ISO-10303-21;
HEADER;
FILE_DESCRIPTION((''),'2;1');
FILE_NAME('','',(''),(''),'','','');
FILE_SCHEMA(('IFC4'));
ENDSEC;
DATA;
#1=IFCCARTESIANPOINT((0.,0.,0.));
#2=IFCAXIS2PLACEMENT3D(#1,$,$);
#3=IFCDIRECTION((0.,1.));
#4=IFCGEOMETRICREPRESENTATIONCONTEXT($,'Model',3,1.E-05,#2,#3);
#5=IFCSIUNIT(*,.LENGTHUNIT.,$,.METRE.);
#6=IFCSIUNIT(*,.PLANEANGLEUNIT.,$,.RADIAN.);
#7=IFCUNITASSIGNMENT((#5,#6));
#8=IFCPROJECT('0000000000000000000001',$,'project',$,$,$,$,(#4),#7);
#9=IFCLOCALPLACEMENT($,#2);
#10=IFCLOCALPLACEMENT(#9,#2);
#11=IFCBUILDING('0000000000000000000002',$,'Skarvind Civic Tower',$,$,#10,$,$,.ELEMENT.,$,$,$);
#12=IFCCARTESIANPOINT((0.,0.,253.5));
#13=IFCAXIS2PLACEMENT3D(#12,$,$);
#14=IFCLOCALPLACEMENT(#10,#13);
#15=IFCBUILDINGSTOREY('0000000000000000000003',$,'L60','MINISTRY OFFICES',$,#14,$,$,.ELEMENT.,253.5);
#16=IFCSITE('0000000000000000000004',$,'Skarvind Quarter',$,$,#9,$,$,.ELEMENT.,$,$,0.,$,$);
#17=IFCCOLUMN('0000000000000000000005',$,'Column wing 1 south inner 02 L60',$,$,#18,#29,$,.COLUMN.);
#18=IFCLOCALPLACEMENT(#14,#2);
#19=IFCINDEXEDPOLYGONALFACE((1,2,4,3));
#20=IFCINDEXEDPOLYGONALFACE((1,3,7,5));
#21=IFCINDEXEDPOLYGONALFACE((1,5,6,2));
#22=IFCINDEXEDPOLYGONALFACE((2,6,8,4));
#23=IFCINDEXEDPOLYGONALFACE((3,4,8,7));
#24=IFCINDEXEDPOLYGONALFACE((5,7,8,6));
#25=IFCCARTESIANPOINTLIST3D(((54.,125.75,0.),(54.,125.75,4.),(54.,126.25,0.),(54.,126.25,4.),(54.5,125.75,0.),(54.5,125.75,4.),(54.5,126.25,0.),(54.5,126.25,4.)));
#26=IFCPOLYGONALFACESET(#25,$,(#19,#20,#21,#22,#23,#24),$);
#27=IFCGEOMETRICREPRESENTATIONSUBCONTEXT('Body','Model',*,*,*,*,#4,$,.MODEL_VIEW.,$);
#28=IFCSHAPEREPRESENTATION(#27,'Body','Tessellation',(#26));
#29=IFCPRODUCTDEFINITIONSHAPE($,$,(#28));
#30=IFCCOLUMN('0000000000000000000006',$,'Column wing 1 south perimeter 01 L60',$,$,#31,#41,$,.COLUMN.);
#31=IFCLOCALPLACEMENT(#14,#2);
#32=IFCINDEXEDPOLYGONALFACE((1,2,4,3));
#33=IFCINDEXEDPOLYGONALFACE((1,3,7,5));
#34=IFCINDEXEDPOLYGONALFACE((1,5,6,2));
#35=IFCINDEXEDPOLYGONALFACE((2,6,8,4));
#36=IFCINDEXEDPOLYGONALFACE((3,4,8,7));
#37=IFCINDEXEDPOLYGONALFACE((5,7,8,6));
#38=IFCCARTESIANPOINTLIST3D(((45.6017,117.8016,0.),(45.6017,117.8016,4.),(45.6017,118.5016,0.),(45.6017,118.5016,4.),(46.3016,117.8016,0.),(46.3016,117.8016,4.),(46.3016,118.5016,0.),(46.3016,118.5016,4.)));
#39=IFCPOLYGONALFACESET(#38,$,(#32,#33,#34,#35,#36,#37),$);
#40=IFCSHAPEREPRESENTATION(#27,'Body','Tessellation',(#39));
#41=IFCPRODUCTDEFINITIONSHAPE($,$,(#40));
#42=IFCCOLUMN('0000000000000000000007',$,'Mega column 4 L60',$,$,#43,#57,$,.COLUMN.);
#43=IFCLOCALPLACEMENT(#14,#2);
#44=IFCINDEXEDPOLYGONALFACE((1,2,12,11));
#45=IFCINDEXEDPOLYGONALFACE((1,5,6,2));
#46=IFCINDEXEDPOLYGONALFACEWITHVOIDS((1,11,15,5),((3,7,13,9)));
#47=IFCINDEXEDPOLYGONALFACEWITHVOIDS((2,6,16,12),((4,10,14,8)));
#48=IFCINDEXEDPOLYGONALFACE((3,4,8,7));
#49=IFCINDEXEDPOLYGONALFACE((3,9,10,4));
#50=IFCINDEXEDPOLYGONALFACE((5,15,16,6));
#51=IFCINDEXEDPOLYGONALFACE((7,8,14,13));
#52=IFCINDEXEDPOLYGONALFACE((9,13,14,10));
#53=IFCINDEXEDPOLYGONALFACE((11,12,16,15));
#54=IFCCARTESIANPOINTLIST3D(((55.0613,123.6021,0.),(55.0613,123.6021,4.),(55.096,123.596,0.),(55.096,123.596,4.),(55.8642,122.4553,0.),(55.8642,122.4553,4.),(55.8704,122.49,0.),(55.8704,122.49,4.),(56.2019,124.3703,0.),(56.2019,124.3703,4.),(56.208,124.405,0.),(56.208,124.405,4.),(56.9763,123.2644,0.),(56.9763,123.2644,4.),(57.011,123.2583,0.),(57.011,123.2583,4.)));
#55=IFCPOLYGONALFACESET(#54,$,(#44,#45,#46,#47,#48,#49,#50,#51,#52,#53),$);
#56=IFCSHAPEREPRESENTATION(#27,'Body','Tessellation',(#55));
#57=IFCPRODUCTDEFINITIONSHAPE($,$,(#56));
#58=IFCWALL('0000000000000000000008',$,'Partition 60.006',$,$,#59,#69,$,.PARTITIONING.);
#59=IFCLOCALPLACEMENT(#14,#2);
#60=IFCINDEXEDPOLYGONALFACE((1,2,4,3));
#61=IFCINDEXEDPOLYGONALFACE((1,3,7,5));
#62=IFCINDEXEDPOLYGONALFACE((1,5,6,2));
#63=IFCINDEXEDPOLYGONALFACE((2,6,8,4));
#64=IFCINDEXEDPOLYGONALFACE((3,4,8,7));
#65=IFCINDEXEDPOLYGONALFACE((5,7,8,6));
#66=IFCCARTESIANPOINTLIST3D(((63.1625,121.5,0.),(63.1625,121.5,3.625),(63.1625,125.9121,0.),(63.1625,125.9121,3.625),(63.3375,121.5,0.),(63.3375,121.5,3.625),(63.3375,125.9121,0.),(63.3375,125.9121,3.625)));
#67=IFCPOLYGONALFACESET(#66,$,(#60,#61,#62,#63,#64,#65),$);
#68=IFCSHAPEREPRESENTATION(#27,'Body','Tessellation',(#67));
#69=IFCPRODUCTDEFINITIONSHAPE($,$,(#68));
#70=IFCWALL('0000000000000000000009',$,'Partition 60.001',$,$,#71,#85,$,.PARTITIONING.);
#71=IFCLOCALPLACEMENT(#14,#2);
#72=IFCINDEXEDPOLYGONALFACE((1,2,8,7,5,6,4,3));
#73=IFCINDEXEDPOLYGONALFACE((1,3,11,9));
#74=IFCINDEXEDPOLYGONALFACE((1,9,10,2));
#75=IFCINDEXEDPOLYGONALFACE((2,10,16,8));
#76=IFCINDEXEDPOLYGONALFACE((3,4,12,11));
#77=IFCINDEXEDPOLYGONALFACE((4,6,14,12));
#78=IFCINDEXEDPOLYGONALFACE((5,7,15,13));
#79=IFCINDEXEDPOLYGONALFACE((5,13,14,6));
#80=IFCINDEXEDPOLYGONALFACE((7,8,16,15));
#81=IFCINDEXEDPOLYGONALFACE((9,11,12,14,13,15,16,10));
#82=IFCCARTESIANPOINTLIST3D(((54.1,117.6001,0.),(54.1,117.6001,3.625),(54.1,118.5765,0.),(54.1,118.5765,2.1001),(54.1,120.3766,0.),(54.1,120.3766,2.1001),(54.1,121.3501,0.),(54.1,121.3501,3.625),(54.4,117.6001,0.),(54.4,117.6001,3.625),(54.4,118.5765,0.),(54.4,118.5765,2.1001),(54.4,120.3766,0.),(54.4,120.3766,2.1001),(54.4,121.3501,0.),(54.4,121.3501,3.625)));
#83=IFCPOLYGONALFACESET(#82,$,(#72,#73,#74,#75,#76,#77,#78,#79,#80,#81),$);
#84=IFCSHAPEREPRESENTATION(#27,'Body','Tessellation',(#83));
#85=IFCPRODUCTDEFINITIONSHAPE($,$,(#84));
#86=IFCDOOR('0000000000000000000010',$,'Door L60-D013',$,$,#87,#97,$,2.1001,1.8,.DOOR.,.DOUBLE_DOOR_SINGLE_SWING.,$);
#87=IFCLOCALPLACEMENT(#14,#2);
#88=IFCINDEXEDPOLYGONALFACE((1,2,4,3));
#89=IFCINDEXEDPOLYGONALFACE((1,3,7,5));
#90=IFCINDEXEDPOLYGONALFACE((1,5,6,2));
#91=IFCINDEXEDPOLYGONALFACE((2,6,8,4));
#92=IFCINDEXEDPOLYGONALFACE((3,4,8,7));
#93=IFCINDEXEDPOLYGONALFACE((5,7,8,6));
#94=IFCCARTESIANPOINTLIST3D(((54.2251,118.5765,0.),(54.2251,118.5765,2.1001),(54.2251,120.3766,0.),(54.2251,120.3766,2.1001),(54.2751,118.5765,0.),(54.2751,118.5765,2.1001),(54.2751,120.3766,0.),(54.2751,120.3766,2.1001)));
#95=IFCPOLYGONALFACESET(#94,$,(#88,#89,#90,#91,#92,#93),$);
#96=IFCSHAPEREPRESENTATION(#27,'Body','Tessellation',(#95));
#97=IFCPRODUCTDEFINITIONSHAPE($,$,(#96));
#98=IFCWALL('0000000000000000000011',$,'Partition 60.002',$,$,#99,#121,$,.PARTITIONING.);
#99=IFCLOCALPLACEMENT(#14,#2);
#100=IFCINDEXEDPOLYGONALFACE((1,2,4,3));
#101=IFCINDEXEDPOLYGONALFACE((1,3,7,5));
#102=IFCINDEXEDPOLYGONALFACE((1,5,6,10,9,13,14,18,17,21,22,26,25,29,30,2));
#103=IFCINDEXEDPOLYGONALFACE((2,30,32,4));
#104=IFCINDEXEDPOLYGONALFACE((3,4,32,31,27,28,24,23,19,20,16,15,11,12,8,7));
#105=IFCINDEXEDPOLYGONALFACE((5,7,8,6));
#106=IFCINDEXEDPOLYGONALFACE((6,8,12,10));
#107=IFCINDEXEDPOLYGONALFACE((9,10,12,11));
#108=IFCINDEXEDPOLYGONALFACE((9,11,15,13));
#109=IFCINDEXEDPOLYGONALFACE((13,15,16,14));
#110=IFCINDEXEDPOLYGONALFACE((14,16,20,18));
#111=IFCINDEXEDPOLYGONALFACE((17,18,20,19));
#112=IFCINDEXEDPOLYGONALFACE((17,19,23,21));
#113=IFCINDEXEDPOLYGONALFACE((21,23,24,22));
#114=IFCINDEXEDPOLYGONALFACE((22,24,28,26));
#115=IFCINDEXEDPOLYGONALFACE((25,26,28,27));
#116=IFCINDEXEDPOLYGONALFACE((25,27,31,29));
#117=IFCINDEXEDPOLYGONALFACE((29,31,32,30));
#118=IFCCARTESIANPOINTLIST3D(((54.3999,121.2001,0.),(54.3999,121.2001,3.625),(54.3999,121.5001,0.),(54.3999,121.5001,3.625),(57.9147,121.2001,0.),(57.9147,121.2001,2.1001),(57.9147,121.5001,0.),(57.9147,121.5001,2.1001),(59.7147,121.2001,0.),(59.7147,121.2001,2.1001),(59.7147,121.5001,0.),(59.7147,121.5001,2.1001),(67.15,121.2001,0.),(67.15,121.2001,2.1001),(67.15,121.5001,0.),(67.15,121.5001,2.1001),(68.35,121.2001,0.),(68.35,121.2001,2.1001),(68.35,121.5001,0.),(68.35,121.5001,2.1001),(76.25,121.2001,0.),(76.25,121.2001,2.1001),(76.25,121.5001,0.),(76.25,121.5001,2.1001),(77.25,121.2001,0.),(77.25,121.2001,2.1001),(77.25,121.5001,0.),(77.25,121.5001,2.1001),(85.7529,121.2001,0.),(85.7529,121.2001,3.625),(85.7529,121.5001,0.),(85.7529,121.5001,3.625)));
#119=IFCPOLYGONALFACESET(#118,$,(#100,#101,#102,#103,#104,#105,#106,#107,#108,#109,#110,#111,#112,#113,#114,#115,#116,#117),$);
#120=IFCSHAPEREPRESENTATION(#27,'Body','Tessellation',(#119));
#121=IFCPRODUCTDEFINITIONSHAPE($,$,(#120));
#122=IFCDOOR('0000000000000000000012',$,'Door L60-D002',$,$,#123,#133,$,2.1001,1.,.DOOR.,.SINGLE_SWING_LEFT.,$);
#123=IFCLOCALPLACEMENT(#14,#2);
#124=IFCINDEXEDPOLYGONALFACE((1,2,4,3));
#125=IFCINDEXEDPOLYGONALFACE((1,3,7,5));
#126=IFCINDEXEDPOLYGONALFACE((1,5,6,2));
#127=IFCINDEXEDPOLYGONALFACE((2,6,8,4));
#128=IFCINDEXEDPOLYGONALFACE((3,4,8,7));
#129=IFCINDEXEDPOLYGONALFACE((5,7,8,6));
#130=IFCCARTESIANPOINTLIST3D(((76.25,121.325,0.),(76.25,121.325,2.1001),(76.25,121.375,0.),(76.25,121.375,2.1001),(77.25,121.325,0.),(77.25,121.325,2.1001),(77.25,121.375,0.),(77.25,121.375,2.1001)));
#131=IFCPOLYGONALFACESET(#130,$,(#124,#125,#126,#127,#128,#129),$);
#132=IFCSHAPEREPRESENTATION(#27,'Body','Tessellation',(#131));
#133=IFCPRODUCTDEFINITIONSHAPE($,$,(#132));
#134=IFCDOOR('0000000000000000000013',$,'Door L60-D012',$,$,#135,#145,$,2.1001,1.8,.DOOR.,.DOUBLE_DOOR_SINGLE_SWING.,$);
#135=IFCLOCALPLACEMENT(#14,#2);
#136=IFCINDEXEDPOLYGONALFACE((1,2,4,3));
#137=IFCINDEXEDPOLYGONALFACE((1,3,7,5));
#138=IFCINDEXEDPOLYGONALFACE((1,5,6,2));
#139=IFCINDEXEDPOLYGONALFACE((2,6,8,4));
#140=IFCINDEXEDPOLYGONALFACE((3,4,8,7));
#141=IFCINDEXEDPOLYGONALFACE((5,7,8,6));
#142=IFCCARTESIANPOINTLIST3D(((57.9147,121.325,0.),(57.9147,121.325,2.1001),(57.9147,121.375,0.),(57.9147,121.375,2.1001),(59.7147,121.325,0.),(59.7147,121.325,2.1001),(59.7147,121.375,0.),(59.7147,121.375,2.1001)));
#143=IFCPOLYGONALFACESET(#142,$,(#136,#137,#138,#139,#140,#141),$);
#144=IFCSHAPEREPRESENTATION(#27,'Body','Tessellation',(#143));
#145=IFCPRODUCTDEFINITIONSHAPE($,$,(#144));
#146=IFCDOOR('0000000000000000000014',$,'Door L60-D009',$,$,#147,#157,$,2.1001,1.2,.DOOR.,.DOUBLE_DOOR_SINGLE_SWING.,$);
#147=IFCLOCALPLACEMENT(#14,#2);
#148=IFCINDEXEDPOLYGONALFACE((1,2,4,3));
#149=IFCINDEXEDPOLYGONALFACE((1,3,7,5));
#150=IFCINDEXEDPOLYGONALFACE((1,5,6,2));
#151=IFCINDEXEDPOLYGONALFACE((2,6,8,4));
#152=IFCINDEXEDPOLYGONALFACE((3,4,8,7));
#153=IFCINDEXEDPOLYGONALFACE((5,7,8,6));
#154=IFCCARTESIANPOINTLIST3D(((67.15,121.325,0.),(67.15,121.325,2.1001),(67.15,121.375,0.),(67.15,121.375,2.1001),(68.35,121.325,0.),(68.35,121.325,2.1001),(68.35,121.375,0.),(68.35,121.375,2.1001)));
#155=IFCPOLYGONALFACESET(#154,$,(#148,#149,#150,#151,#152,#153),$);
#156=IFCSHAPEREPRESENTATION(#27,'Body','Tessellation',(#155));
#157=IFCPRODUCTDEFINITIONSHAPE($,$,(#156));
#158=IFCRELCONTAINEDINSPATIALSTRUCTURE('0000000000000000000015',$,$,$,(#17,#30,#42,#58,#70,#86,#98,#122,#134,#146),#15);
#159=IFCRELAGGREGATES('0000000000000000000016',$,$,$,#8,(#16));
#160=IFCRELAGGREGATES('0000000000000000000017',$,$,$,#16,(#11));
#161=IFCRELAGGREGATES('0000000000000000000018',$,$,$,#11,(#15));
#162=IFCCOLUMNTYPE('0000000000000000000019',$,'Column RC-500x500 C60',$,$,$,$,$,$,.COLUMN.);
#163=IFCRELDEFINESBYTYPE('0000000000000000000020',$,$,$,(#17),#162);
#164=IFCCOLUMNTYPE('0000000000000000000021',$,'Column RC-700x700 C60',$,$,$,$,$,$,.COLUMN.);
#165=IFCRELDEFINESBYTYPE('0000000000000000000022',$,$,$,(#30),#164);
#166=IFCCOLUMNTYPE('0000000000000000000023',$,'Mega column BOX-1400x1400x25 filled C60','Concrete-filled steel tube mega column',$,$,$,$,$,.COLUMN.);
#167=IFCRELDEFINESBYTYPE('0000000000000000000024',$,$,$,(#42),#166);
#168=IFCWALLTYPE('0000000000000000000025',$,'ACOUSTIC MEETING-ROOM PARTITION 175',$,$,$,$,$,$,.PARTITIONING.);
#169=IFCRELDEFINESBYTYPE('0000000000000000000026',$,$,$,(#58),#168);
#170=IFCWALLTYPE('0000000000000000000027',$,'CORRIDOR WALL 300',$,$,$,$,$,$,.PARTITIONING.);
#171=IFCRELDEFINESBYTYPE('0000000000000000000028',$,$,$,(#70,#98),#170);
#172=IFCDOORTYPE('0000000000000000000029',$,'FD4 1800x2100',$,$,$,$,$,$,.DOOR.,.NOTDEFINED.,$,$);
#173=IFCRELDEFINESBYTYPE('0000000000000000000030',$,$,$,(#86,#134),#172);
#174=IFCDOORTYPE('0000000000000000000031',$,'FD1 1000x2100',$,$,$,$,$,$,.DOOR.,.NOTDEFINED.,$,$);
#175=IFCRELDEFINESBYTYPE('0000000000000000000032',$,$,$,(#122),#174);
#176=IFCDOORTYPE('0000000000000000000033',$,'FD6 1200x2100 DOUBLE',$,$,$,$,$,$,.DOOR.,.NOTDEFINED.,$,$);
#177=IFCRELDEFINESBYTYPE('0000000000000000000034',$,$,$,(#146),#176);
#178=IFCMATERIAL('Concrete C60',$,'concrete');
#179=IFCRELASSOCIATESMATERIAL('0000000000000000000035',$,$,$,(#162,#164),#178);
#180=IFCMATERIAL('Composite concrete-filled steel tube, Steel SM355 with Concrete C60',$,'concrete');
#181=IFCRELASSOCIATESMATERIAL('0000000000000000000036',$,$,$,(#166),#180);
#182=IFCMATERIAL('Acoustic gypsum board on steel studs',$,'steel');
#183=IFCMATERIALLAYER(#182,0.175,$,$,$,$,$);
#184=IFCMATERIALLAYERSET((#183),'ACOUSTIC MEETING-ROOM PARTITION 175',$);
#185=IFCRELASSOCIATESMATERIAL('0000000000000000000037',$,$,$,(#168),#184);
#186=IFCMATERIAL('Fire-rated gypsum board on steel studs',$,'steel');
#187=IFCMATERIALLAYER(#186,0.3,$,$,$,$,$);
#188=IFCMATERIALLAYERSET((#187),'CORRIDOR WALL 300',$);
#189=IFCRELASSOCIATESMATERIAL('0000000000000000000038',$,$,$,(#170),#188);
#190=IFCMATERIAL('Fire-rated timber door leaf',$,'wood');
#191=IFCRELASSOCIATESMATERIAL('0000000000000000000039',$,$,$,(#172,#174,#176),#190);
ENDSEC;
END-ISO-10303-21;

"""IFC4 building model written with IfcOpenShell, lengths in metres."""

from ifc_helpers import new_model, si_unit, direction, frame, frame_2d, origin, origin_2d, place, context, subcontext, project, spatial, rectangle, hollow_rectangle, extrude, material, layer, layer_set, material_profile, profile_set, type_object, element, fill, save


model = new_model("IFC4")

# Units and contexts
model_context = context("Model", 3, precision=1e-05, world=origin(), true_north=direction((0.0, 1.0)))
body_context = subcontext(model_context, "Body", "Model", "MODEL_VIEW")
ifc_project = project(units=[si_unit("LENGTHUNIT", "METRE"), si_unit("PLANEANGLEUNIT", "RADIAN")], contexts=[model_context])

# Site, building, storey
site_placement = place(None, origin())
site = spatial("IfcSite", under=ifc_project, at=site_placement, Name="Skarvind Quarter", CompositionType="ELEMENT", RefElevation=0.0)
building_placement = place(site_placement, origin())
building = spatial("IfcBuilding", under=site, at=building_placement, Name="Skarvind Civic Tower", CompositionType="ELEMENT")
storey_placement = place(building_placement, frame((0.0, 0.0, 253.5)))
storey = spatial("IfcBuildingStorey", under=building, at=storey_placement, Name="L60", Description="MINISTRY OFFICES", CompositionType="ELEMENT", Elevation=253.5)

# Columns
ifc_material_1 = material(Name="Concrete C60", Category="concrete")
ifc_material_profile_1 = material_profile(ifc_material_1, rectangle(XDim=0.5, YDim=0.5, at=origin_2d()), Name="RC-500x500")
ifc_profile_set_1 = profile_set([ifc_material_profile_1], Name="Concrete C60")
column_type_1 = type_object("IfcColumnType", Name="Column RC-500x500 C60", PredefinedType="COLUMN", material=ifc_profile_set_1)
column_1_placement = place(storey_placement, frame((54.25, 126.0, 0.0), z_axis=(0.0, 0.0, 1.0), x_axis=(1.0, 0.0, 0.0)))
element("IfcColumn", 1, at=column_1_placement, inside=storey, type_object=column_type_1, Name="Column wing 1 south inner 02 L60", PredefinedType="COLUMN", context=body_context, shape_type="SweptSolid", body=[
    extrude(rectangle(XDim=0.5, YDim=0.5, at=origin_2d()), origin(), (0.0, 0.0, 1.0), 4.0),
])
ifc_material_profile_2 = material_profile(ifc_material_1, rectangle(XDim=0.7, YDim=0.7, at=origin_2d()), Name="RC-700x700")
ifc_profile_set_2 = profile_set([ifc_material_profile_2], Name="Concrete C60")
column_type_2 = type_object("IfcColumnType", Name="Column RC-700x700 C60", PredefinedType="COLUMN", material=ifc_profile_set_2)
column_2_placement = place(storey_placement, frame((45.9517, 118.1516, 0.0), z_axis=(0.0, 0.0, 1.0), x_axis=(1.0, 0.0, 0.0)))
element("IfcColumn", 2, at=column_2_placement, inside=storey, type_object=column_type_2, Name="Column wing 1 south perimeter 01 L60", PredefinedType="COLUMN", context=body_context, shape_type="SweptSolid", body=[
    extrude(rectangle(XDim=0.7, YDim=0.7, at=origin_2d()), origin(), (0.0, 0.0, 1.0), 4.0),
])
ifc_material_2 = material(Name="Composite concrete-filled steel tube, Steel SM355 with Concrete C60", Category="concrete")
ifc_material_profile_3 = material_profile(ifc_material_2, hollow_rectangle(XDim=1.3999, YDim=1.3999, WallThickness=0.0249, at=origin_2d()), Name="BOX-1400x1400x25")
ifc_profile_set_3 = profile_set([ifc_material_profile_3], Name="Composite concrete-filled steel tube, Steel SM355 with Concrete C60")
column_type_3 = type_object("IfcColumnType", Name="Mega column BOX-1400x1400x25 filled C60", Description="Concrete-filled steel tube mega column", PredefinedType="COLUMN", material=ifc_profile_set_3)
column_3_placement = place(storey_placement, frame((56.0361, 123.4302, 0.0), z_axis=(0.0, 0.0, 1.0), x_axis=(0.573576, -0.819152, 0.0)))
element("IfcColumn", 3, at=column_3_placement, inside=storey, type_object=column_type_3, Name="Mega column 4 L60", PredefinedType="COLUMN", context=body_context, shape_type="SweptSolid", body=[
    extrude(hollow_rectangle(XDim=1.3999, YDim=1.3999, WallThickness=0.0249, at=origin_2d()), origin(), (0.0, 0.0, 1.0), 4.0),
])

# Wall
ifc_material_3 = material(Name="Acoustic gypsum board on steel studs", Category="steel")
ifc_layer_1 = layer(ifc_material_3, 0.175)
ifc_layer_set_1 = layer_set([ifc_layer_1], Name="ACOUSTIC MEETING-ROOM PARTITION 175")
wall_type_1 = type_object("IfcWallType", Name="ACOUSTIC MEETING-ROOM PARTITION 175", PredefinedType="PARTITIONING", material=ifc_layer_set_1)
wall_1_placement = place(storey_placement, frame((63.25, 125.9121, 0.0), z_axis=(0.0, 0.0, 1.0), x_axis=(0.0, -1.0, 0.0)))
element("IfcWall", 4, at=wall_1_placement, inside=storey, type_object=wall_type_1, Name="Partition 60.006", PredefinedType="PARTITIONING", context=body_context, shape_type="SweptSolid", body=[
    extrude(rectangle(XDim=4.4121, YDim=0.175, at=frame_2d((2.2061, 0.0))), origin(), (0.0, 0.0, 1.0), 3.625),
])

# Wall, opening, door
ifc_material_4 = material(Name="Fire-rated gypsum board on steel studs", Category="steel")
ifc_layer_2 = layer(ifc_material_4, 0.3)
ifc_layer_set_2 = layer_set([ifc_layer_2], Name="CORRIDOR WALL 300")
wall_type_2 = type_object("IfcWallType", Name="CORRIDOR WALL 300", PredefinedType="PARTITIONING", material=ifc_layer_set_2)
wall_2_placement = place(storey_placement, frame((54.25, 117.6001, 0.0), z_axis=(0.0, 0.0, 1.0), x_axis=(0.0, 1.0, 0.0)))
wall_2 = element("IfcWall", 5, at=wall_2_placement, inside=storey, type_object=wall_type_2, Name="Partition 60.001", PredefinedType="PARTITIONING", context=body_context, shape_type="SweptSolid", body=[
    extrude(rectangle(XDim=3.75, YDim=0.3, at=frame_2d((1.875, 0.0))), origin(), (0.0, 0.0, 1.0), 3.625),
])
opening_1_placement = place(wall_2_placement, frame((0.9766, 0.0, 0.0)))
opening_1 = element("IfcOpeningElement", 6, at=opening_1_placement, cuts=wall_2, PredefinedType="OPENING", context=body_context, shape_type="SweptSolid", body=[
    extrude(rectangle(XDim=1.8, YDim=2.1001, at=frame_2d((0.8999, 1.05))), frame((0.0, 0.1599, 0.0), z_axis=(0.0, -1.0, 0.0), x_axis=(1.0, 0.0, 0.0)), (0.0, 0.0, 1.0), 0.3201),
])
ifc_material_5 = material(Name="Fire-rated timber door leaf", Category="wood")
door_type_1 = type_object("IfcDoorType", Name="FD4 1800x2100", OperationType="NOTDEFINED", PredefinedType="DOOR", material=ifc_material_5)
door_1_placement = place(opening_1_placement, origin())
door_1 = element("IfcDoor", 7, at=door_1_placement, inside=storey, type_object=door_type_1, Name="Door L60-D013", OperationType="DOUBLE_DOOR_SINGLE_SWING", OverallHeight=2.1001, OverallWidth=1.8, PredefinedType="DOOR", context=body_context, shape_type="SweptSolid", body=[
    extrude(rectangle(XDim=1.8, YDim=2.1001, at=frame_2d((0.8999, 1.05))), frame((0.0, 0.0249, 0.0), z_axis=(0.0, -1.0, 0.0), x_axis=(1.0, 0.0, 0.0)), (0.0, 0.0, 1.0), 0.05),
])
fill(opening_1, door_1)

# Wall, openings, doors
wall_3_placement = place(storey_placement, frame((54.3999, 121.3501, 0.0), z_axis=(0.0, 0.0, 1.0), x_axis=(1.0, 0.0, 0.0)))
wall_3 = element("IfcWall", 8, at=wall_3_placement, inside=storey, type_object=wall_type_2, Name="Partition 60.002", PredefinedType="PARTITIONING", context=body_context, shape_type="SweptSolid", body=[
    extrude(rectangle(XDim=31.353, YDim=0.3, at=frame_2d((15.6765, 0.0))), origin(), (0.0, 0.0, 1.0), 3.625),
])
opening_2_placement = place(wall_3_placement, frame((21.8501, 0.0, 0.0)))
opening_2 = element("IfcOpeningElement", 9, at=opening_2_placement, cuts=wall_3, PredefinedType="OPENING", context=body_context, shape_type="SweptSolid", body=[
    extrude(rectangle(XDim=1.0, YDim=2.1001, at=frame_2d((0.5, 1.05))), frame((0.0, 0.1599, 0.0), z_axis=(0.0, -1.0, 0.0), x_axis=(1.0, 0.0, 0.0)), (0.0, 0.0, 1.0), 0.3201),
])
opening_3_placement = place(wall_3_placement, frame((12.75, 0.0, 0.0)))
opening_3 = element("IfcOpeningElement", 10, at=opening_3_placement, cuts=wall_3, PredefinedType="OPENING", context=body_context, shape_type="SweptSolid", body=[
    extrude(rectangle(XDim=1.2, YDim=2.1001, at=frame_2d((0.6001, 1.05))), frame((0.0, 0.1599, 0.0), z_axis=(0.0, -1.0, 0.0), x_axis=(1.0, 0.0, 0.0)), (0.0, 0.0, 1.0), 0.3201),
])
opening_4_placement = place(wall_3_placement, frame((3.5149, 0.0, 0.0)))
opening_4 = element("IfcOpeningElement", 11, at=opening_4_placement, cuts=wall_3, PredefinedType="OPENING", context=body_context, shape_type="SweptSolid", body=[
    extrude(rectangle(XDim=1.8, YDim=2.1001, at=frame_2d((0.8999, 1.05))), frame((0.0, 0.1599, 0.0), z_axis=(0.0, -1.0, 0.0), x_axis=(1.0, 0.0, 0.0)), (0.0, 0.0, 1.0), 0.3201),
])
door_type_2 = type_object("IfcDoorType", Name="FD1 1000x2100", OperationType="NOTDEFINED", PredefinedType="DOOR", material=ifc_material_5)
door_2_placement = place(opening_2_placement, origin())
door_2 = element("IfcDoor", 12, at=door_2_placement, inside=storey, type_object=door_type_2, Name="Door L60-D002", OperationType="SINGLE_SWING_LEFT", OverallHeight=2.1001, OverallWidth=1.0, PredefinedType="DOOR", context=body_context, shape_type="SweptSolid", body=[
    extrude(rectangle(XDim=1.0, YDim=2.1001, at=frame_2d((0.5, 1.05))), frame((0.0, 0.0249, 0.0), z_axis=(0.0, -1.0, 0.0), x_axis=(1.0, 0.0, 0.0)), (0.0, 0.0, 1.0), 0.05),
])
fill(opening_2, door_2)
door_3_placement = place(opening_4_placement, origin())
door_3 = element("IfcDoor", 13, at=door_3_placement, inside=storey, type_object=door_type_1, Name="Door L60-D012", OperationType="DOUBLE_DOOR_SINGLE_SWING", OverallHeight=2.1001, OverallWidth=1.8, PredefinedType="DOOR", context=body_context, shape_type="SweptSolid", body=[
    extrude(rectangle(XDim=1.8, YDim=2.1001, at=frame_2d((0.8999, 1.05))), frame((0.0, 0.0249, 0.0), z_axis=(0.0, -1.0, 0.0), x_axis=(1.0, 0.0, 0.0)), (0.0, 0.0, 1.0), 0.05),
])
fill(opening_4, door_3)
door_type_3 = type_object("IfcDoorType", Name="FD6 1200x2100 DOUBLE", OperationType="NOTDEFINED", PredefinedType="DOOR", material=ifc_material_5)
door_4_placement = place(opening_3_placement, origin())
door_4 = element("IfcDoor", 14, at=door_4_placement, inside=storey, type_object=door_type_3, Name="Door L60-D009", OperationType="DOUBLE_DOOR_SINGLE_SWING", OverallHeight=2.1001, OverallWidth=1.2, PredefinedType="DOOR", context=body_context, shape_type="SweptSolid", body=[
    extrude(rectangle(XDim=1.2, YDim=2.1001, at=frame_2d((0.6001, 1.05))), frame((0.0, 0.0249, 0.0), z_axis=(0.0, -1.0, 0.0), x_axis=(1.0, 0.0, 0.0)), (0.0, 0.0, 1.0), 0.05),
])
fill(opening_3, door_4)

save(model, "model.ifc")
